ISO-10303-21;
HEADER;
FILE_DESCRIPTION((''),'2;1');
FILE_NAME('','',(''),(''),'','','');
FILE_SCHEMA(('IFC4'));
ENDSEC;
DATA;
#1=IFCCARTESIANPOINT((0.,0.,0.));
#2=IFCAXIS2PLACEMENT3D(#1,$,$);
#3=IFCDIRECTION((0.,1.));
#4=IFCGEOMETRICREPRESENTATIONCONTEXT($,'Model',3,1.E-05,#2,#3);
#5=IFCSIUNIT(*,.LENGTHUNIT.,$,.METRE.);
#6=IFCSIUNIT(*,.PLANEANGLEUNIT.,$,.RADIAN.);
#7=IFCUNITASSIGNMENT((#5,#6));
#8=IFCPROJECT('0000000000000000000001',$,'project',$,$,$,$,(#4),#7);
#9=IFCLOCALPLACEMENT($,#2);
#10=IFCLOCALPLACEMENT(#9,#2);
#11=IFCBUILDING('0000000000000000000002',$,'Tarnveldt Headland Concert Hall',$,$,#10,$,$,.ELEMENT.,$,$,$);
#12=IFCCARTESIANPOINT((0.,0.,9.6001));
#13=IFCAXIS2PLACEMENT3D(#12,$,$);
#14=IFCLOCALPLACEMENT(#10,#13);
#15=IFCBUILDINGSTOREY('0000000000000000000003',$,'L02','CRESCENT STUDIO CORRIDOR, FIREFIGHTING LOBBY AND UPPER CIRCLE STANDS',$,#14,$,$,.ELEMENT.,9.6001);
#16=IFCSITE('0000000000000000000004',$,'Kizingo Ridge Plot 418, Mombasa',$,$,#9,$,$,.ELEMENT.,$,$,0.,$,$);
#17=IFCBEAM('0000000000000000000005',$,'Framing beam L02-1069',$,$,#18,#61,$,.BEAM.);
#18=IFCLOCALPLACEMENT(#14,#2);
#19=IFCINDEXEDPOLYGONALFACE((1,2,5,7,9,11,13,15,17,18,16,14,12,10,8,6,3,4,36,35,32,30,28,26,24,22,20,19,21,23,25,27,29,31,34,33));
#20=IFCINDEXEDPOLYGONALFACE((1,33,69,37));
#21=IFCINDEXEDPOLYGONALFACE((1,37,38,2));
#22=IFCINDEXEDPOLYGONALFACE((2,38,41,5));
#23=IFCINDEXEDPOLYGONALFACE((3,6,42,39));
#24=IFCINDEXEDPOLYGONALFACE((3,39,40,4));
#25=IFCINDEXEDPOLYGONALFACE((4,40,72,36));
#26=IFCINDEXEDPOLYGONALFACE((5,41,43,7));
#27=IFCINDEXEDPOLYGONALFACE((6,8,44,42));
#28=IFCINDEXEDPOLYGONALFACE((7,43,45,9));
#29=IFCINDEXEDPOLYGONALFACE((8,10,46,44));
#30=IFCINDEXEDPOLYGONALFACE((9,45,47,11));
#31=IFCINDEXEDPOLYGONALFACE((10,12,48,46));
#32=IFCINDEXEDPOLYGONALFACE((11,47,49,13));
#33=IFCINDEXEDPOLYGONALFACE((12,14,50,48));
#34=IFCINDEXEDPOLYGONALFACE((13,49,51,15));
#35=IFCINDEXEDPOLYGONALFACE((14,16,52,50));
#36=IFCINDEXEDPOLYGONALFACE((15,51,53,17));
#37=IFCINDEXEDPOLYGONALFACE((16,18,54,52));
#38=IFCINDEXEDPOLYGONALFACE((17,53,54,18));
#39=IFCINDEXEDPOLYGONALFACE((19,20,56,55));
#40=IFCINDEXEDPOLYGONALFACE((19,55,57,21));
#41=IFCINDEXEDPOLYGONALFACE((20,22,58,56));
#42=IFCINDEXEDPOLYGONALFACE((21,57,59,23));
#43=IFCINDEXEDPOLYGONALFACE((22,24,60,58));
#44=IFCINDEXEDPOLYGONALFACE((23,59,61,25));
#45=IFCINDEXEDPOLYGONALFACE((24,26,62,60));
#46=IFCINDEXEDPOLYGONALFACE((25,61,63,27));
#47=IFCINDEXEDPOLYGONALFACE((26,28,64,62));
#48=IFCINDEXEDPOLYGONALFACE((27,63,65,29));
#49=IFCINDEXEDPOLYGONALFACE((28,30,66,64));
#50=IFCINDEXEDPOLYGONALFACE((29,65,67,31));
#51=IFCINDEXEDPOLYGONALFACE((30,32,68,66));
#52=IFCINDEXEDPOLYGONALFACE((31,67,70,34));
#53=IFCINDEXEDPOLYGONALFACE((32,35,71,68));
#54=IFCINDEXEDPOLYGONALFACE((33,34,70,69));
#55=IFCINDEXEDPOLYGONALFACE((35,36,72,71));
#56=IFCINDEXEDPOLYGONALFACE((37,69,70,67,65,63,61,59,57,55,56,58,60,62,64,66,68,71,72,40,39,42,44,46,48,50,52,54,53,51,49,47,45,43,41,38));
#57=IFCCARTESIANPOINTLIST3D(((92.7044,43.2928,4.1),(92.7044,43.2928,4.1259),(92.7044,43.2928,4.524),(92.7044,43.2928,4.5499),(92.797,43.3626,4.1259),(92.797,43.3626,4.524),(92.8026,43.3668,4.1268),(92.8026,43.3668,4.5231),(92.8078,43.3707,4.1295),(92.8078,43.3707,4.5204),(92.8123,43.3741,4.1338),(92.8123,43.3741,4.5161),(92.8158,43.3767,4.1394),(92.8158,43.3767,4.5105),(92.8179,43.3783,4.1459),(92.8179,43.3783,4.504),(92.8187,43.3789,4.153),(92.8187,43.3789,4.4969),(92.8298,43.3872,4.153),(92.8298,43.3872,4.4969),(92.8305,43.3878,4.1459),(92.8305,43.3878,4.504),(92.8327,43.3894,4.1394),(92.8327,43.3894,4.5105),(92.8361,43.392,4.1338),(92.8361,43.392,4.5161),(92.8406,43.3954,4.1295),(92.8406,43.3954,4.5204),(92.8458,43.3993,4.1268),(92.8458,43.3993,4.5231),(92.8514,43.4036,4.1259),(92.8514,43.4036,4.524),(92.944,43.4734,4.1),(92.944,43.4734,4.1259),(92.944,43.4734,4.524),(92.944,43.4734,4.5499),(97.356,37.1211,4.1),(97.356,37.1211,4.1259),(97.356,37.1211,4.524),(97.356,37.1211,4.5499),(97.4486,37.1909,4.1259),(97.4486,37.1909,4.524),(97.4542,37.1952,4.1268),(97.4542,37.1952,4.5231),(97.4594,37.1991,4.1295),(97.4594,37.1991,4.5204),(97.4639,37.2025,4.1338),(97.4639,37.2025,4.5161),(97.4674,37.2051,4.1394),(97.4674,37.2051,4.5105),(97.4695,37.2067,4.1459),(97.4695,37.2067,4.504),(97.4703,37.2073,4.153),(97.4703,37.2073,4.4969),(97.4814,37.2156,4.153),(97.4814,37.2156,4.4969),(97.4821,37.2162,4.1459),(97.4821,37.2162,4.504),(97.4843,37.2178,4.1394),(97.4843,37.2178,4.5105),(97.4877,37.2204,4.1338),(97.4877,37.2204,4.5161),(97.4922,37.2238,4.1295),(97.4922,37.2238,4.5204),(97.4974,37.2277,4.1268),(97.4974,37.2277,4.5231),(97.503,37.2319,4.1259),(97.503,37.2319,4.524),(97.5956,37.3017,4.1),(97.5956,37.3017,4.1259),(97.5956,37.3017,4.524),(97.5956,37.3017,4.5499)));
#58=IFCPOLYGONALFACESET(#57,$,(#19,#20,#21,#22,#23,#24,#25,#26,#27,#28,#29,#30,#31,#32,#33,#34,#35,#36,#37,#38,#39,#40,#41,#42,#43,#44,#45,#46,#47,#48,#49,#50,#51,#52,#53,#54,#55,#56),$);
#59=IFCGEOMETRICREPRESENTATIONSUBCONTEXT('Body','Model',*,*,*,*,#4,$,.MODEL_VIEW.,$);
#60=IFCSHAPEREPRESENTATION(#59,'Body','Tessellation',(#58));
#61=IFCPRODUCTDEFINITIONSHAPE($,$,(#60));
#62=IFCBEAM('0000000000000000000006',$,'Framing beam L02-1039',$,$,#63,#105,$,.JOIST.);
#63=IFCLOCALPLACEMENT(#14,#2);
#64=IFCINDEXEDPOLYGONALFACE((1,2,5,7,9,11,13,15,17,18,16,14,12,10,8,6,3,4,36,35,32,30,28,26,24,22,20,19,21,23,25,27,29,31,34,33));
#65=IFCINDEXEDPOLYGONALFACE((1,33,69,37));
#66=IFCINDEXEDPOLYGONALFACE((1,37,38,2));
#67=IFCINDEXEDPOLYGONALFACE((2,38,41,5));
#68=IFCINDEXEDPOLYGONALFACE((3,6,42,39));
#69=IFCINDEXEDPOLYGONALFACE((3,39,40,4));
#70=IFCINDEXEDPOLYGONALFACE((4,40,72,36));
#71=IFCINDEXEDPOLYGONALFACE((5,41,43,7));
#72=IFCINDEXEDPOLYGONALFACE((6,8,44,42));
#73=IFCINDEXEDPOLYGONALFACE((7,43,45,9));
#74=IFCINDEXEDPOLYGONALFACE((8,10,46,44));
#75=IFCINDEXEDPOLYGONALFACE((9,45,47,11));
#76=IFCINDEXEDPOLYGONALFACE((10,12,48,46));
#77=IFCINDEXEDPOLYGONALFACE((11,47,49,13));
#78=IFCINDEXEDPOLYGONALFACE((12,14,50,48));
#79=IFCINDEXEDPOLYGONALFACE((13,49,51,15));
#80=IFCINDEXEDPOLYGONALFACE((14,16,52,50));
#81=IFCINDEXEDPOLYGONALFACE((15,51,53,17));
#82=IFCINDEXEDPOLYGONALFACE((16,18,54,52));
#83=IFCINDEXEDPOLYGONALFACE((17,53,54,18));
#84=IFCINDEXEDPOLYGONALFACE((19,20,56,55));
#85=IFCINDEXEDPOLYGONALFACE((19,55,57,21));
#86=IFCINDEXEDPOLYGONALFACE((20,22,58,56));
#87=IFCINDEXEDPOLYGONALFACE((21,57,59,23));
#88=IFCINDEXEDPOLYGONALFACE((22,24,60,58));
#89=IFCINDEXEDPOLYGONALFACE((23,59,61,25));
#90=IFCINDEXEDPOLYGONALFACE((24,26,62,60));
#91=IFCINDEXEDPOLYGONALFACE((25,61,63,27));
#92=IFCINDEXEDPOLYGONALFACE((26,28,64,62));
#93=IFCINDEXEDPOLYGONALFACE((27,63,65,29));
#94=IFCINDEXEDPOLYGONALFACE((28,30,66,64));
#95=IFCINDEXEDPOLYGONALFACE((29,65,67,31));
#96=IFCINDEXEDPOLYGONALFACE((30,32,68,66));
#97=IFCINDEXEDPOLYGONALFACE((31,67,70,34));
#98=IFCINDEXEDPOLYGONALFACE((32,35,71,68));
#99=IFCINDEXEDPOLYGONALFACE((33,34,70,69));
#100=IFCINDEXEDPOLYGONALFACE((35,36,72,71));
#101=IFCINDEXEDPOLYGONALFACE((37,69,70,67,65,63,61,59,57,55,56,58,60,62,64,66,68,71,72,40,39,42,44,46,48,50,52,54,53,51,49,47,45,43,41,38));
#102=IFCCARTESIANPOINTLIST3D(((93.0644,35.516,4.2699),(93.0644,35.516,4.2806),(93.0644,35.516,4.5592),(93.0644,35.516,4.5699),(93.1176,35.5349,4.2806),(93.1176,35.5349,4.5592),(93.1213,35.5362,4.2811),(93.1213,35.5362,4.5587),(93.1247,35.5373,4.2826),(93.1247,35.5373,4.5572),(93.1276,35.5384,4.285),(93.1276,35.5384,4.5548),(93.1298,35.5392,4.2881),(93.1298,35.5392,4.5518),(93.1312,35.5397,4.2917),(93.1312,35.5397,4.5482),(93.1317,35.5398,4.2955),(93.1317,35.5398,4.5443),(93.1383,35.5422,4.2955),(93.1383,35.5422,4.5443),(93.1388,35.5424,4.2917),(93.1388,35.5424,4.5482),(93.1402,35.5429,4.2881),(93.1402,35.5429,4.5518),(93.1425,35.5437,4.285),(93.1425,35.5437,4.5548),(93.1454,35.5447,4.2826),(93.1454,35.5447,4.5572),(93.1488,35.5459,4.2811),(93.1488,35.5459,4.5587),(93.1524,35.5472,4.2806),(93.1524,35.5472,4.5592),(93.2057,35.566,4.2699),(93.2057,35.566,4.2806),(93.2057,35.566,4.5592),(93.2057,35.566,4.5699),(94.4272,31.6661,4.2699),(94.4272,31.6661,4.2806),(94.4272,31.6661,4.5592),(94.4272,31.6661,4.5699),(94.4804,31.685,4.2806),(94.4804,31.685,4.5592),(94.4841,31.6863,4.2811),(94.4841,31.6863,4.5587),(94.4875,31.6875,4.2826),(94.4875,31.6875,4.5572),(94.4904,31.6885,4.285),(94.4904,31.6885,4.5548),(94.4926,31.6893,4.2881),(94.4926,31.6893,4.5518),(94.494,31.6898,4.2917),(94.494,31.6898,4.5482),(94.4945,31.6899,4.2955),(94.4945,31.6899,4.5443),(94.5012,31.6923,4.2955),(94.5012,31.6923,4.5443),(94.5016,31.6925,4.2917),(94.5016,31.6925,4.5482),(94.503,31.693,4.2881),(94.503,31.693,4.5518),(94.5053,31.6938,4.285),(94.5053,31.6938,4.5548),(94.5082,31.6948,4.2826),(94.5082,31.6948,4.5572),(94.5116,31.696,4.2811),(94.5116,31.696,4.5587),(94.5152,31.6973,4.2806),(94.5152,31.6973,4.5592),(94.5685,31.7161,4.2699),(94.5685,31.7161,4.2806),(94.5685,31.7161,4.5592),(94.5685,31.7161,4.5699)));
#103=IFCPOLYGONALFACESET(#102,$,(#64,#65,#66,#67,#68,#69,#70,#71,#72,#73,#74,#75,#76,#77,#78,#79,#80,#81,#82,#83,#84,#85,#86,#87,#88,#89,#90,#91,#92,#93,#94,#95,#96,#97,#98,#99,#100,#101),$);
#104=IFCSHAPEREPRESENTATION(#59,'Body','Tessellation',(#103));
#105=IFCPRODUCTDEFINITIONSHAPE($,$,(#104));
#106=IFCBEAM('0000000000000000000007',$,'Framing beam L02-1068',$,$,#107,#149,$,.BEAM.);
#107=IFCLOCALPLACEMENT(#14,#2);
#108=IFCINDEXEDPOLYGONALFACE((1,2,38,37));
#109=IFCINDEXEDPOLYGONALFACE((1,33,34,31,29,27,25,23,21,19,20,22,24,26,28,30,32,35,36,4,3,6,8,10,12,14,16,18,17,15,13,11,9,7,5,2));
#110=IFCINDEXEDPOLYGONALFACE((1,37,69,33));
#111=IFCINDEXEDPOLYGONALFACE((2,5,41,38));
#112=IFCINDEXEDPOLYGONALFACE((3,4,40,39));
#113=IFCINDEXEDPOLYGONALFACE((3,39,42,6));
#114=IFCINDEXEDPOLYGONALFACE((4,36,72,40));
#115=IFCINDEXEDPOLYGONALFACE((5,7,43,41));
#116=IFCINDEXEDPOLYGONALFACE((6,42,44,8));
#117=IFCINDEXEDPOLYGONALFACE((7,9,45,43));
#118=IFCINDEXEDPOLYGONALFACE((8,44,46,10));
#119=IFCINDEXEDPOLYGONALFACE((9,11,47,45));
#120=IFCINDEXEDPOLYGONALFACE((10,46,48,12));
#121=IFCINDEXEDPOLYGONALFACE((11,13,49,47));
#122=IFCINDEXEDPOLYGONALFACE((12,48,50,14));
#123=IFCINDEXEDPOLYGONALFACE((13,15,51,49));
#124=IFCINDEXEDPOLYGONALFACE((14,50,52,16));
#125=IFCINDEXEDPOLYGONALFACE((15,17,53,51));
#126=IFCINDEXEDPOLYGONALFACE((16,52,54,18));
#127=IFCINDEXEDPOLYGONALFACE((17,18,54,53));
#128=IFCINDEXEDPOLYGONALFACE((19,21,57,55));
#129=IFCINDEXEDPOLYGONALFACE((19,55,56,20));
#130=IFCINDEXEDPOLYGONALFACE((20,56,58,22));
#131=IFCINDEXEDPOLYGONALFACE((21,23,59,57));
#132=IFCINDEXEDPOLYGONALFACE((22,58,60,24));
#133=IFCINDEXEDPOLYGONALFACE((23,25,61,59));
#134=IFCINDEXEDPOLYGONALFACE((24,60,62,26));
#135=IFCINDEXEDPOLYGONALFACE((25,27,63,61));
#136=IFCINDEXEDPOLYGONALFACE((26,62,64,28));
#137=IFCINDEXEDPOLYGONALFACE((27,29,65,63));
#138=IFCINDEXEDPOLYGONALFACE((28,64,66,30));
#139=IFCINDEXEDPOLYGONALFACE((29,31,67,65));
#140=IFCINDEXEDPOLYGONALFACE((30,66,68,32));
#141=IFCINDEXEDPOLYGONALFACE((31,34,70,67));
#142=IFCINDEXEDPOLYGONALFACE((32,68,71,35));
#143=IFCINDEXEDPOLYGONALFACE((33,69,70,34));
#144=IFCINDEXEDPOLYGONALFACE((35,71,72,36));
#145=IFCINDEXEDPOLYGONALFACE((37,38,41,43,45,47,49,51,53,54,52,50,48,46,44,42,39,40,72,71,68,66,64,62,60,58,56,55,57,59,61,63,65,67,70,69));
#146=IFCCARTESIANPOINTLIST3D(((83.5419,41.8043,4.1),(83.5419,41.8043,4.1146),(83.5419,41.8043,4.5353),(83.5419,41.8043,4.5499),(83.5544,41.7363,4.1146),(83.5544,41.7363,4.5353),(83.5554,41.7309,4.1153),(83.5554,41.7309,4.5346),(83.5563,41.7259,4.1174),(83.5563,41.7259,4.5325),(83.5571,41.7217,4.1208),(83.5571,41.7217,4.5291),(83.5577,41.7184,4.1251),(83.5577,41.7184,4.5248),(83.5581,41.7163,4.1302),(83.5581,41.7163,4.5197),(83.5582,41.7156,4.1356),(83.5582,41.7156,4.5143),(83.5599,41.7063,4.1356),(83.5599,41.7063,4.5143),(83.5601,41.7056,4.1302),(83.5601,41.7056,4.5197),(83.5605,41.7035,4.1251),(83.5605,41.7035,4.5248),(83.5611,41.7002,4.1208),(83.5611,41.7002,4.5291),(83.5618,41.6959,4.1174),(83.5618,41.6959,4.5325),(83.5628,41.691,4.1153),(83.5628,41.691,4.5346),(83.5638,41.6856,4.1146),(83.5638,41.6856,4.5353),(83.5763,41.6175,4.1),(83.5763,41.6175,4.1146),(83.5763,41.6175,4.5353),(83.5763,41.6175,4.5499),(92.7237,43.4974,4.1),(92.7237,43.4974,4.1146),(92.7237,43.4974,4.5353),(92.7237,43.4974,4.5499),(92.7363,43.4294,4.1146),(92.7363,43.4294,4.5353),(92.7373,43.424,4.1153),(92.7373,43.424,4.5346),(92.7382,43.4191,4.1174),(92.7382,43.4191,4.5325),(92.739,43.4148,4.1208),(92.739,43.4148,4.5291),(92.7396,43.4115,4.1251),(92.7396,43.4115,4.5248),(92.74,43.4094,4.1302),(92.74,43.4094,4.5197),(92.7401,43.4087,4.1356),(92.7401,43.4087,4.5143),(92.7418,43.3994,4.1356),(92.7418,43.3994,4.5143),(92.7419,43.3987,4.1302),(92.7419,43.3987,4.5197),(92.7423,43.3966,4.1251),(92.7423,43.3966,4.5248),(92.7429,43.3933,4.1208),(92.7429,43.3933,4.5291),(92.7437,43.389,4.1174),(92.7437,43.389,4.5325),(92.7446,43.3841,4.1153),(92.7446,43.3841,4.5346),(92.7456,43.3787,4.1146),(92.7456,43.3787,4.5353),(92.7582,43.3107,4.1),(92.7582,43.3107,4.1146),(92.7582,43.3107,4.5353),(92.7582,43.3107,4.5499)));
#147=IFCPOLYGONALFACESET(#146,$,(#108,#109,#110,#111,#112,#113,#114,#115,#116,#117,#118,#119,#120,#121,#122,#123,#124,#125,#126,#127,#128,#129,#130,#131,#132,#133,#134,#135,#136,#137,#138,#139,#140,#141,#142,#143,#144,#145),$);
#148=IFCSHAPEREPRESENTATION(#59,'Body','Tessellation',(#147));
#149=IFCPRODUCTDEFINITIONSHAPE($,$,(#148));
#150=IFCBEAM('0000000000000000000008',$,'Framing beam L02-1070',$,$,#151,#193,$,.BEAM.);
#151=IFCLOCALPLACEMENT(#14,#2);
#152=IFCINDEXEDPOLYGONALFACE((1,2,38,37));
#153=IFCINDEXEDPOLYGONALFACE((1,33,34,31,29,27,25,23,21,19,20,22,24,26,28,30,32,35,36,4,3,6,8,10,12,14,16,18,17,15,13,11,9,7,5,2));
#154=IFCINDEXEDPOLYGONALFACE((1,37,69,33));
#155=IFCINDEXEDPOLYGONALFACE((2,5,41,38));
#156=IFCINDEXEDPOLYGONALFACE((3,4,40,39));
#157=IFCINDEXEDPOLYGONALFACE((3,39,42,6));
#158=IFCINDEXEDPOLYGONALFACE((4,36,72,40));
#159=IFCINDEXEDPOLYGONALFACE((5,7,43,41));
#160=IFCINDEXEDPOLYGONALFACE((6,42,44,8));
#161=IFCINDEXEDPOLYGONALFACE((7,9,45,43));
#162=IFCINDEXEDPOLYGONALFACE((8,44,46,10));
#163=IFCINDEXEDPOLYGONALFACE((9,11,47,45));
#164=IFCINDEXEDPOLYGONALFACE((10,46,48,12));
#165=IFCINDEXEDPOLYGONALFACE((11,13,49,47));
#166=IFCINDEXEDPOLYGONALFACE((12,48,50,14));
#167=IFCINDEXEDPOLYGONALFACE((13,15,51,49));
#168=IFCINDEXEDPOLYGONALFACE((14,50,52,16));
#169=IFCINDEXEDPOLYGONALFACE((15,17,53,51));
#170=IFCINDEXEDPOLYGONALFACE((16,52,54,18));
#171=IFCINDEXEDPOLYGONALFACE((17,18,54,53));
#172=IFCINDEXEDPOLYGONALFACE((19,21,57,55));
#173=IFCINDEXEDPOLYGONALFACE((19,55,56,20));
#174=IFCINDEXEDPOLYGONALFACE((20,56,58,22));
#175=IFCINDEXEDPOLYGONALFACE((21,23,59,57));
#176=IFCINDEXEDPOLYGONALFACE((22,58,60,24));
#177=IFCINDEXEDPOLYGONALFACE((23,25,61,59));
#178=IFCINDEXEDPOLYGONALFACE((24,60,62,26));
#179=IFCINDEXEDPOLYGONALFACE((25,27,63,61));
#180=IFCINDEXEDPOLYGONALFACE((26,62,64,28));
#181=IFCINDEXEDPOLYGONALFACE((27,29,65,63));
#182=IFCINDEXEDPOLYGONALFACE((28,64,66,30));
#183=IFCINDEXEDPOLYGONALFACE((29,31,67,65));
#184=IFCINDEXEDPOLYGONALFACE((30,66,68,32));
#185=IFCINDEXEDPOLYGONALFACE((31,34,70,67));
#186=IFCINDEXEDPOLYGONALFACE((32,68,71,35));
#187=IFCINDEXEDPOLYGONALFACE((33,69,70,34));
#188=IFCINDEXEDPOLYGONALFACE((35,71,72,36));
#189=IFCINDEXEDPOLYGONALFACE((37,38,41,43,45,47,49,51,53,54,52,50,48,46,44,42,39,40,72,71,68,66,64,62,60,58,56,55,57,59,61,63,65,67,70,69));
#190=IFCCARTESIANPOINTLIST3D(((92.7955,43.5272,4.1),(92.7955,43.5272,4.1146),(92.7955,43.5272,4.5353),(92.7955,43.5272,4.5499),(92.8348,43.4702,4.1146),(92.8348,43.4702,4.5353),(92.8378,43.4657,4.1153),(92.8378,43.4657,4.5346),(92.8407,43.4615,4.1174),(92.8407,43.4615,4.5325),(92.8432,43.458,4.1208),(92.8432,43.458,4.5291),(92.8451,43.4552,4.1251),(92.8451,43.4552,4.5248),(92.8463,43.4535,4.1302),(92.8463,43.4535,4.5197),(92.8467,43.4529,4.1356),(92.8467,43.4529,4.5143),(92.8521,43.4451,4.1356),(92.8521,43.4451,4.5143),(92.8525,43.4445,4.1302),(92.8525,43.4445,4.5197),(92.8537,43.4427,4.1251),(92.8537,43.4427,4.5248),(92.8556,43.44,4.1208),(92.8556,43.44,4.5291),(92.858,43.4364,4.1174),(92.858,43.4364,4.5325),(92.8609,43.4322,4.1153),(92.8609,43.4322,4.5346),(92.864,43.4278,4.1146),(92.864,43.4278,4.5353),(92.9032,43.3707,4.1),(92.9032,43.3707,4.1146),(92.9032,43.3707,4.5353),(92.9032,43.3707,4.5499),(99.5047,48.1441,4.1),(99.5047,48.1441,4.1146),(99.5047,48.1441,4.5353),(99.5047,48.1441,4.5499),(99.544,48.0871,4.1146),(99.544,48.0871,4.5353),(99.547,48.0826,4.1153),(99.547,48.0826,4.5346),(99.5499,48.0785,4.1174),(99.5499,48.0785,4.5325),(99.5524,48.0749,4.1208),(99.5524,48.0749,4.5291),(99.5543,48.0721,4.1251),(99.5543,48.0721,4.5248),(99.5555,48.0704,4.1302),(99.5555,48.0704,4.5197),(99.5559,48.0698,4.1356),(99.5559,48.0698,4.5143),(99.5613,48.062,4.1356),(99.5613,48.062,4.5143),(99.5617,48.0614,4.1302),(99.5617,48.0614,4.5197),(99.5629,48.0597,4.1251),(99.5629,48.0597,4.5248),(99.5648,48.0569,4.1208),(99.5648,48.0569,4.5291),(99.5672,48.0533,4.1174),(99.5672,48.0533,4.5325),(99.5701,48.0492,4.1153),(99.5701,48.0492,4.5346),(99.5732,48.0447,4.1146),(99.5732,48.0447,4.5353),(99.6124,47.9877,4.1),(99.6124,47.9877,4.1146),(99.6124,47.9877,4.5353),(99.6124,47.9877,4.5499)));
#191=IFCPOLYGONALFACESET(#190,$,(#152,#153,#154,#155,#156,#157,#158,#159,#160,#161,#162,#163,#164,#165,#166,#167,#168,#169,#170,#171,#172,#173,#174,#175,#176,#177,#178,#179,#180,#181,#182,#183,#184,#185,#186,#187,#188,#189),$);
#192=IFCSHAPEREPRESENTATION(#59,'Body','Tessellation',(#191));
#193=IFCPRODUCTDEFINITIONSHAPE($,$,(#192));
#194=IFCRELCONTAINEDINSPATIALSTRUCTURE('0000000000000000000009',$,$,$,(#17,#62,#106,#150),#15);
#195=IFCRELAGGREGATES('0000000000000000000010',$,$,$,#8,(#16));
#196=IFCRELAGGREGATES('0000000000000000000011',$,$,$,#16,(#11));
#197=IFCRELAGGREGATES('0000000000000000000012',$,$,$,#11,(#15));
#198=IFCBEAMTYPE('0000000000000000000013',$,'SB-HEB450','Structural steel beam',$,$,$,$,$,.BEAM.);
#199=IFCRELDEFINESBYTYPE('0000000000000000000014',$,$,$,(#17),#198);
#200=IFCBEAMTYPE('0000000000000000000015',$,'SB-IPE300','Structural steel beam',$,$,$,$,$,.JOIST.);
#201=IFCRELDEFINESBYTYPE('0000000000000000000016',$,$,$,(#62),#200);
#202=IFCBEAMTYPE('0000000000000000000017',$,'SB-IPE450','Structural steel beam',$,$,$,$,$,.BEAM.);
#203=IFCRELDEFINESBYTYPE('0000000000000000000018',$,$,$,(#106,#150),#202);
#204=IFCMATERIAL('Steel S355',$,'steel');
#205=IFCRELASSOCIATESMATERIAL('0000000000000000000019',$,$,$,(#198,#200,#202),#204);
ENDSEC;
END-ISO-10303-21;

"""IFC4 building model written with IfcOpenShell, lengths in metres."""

from ifc_helpers import new_model, si_unit, direction, frame, origin, origin_2d, place, context, subcontext, project, spatial, i_section, extrude, material, material_profile, profile_set, type_object, element, save


model = new_model("IFC4")

# Units and contexts
model_context = context("Model", 3, precision=1e-05, world=origin(), true_north=direction((0.0, 1.0)))
body_context = subcontext(model_context, "Body", "Model", "MODEL_VIEW")
ifc_project = project(units=[si_unit("LENGTHUNIT", "METRE"), si_unit("PLANEANGLEUNIT", "RADIAN")], contexts=[model_context])

# Site, building, storey
site_placement = place(None, origin())
site = spatial("IfcSite", under=ifc_project, at=site_placement, Name="Kizingo Ridge Plot 418, Mombasa", CompositionType="ELEMENT", RefElevation=0.0)
building_placement = place(site_placement, origin())
building = spatial("IfcBuilding", under=site, at=building_placement, Name="Tarnveldt Headland Concert Hall", CompositionType="ELEMENT")
storey_placement = place(building_placement, frame((0.0, 0.0, 9.6001)))
storey = spatial("IfcBuildingStorey", under=building, at=storey_placement, Name="L02", Description="CRESCENT STUDIO CORRIDOR, FIREFIGHTING LOBBY AND UPPER CIRCLE STANDS", CompositionType="ELEMENT", Elevation=9.6001)

# Shared definitions
ifc_material_1 = material(Name="Steel S355", Category="steel")

# Beams
ifc_material_profile_1 = material_profile(ifc_material_1, i_section(OverallWidth=0.3, OverallDepth=0.45, WebThickness=0.0139, FlangeThickness=0.0259, FilletRadius=0.0271, at=origin_2d()), Name="HEB450", Category="steel")
ifc_profile_set_1 = profile_set([ifc_material_profile_1], Name="Steel S355")
beam_type_1 = type_object("IfcBeamType", Name="SB-HEB450", Description="Structural steel beam", PredefinedType="BEAM", material=ifc_profile_set_1)
beam_1_placement = place(storey_placement, frame((92.8242, 43.3831, 4.325), z_axis=(0.601894, -0.798576, 0.0), x_axis=(0.798576, 0.601894, 0.0)))
element("IfcBeam", 1, at=beam_1_placement, inside=storey, type_object=beam_type_1, Name="Framing beam L02-1069", PredefinedType="BEAM", context=body_context, shape_type="SweptSolid", body=[
    extrude(i_section(OverallWidth=0.3, OverallDepth=0.45, WebThickness=0.0139, FlangeThickness=0.0259, FilletRadius=0.0271, at=origin_2d()), origin(), (0.0, 0.0, 1.0), 7.7283),
])
ifc_material_profile_2 = material_profile(ifc_material_1, i_section(OverallWidth=0.1499, OverallDepth=0.3, WebThickness=0.0071, FlangeThickness=0.0107, FilletRadius=0.0149, at=origin_2d()), Name="IPE300", Category="steel")
ifc_profile_set_2 = profile_set([ifc_material_profile_2], Name="Steel S355")
beam_type_2 = type_object("IfcBeamType", Name="SB-IPE300", Description="Structural steel beam", PredefinedType="JOIST", material=ifc_profile_set_2)
beam_2_placement = place(storey_placement, frame((93.135, 35.541, 4.4199), z_axis=(0.333696, -0.942681, 0.0), x_axis=(0.942681, 0.333696, 0.0)))
element("IfcBeam", 2, at=beam_2_placement, inside=storey, type_object=beam_type_2, Name="Framing beam L02-1039", PredefinedType="JOIST", context=body_context, shape_type="SweptSolid", body=[
    extrude(i_section(OverallWidth=0.1499, OverallDepth=0.3, WebThickness=0.0071, FlangeThickness=0.0107, FilletRadius=0.0149, at=origin_2d()), origin(), (0.0, 0.0, 1.0), 4.084),
])
ifc_material_profile_3 = material_profile(ifc_material_1, i_section(OverallWidth=0.1899, OverallDepth=0.45, WebThickness=0.0095, FlangeThickness=0.0146, FilletRadius=0.021, at=origin_2d()), Name="IPE450", Category="steel")
ifc_profile_set_3 = profile_set([ifc_material_profile_3], Name="Steel S355")
beam_type_3 = type_object("IfcBeamType", Name="SB-IPE450", Description="Structural steel beam", PredefinedType="BEAM", material=ifc_profile_set_3)
beam_3_placement = place(storey_placement, frame((83.5591, 41.7109, 4.325), z_axis=(0.98342, 0.18134, 0.0), x_axis=(-0.18134, 0.98342, 0.0)))
element("IfcBeam", 3, at=beam_3_placement, inside=storey, type_object=beam_type_3, Name="Framing beam L02-1068", PredefinedType="BEAM", context=body_context, shape_type="SweptSolid", body=[
    extrude(i_section(OverallWidth=0.1899, OverallDepth=0.45, WebThickness=0.0095, FlangeThickness=0.0146, FilletRadius=0.021, at=origin_2d()), origin(), (0.0, 0.0, 1.0), 9.3367),
])
beam_4_placement = place(storey_placement, frame((92.8494, 43.449, 4.325), z_axis=(0.823793, 0.566891, 0.0), x_axis=(-0.566891, 0.823793, 0.0)))
element("IfcBeam", 4, at=beam_4_placement, inside=storey, type_object=beam_type_3, Name="Framing beam L02-1070", PredefinedType="BEAM", context=body_context, shape_type="SweptSolid", body=[
    extrude(i_section(OverallWidth=0.1899, OverallDepth=0.45, WebThickness=0.0095, FlangeThickness=0.0146, FilletRadius=0.021, at=origin_2d()), origin(), (0.0, 0.0, 1.0), 8.1443),
])

save(model, "model.ifc")
